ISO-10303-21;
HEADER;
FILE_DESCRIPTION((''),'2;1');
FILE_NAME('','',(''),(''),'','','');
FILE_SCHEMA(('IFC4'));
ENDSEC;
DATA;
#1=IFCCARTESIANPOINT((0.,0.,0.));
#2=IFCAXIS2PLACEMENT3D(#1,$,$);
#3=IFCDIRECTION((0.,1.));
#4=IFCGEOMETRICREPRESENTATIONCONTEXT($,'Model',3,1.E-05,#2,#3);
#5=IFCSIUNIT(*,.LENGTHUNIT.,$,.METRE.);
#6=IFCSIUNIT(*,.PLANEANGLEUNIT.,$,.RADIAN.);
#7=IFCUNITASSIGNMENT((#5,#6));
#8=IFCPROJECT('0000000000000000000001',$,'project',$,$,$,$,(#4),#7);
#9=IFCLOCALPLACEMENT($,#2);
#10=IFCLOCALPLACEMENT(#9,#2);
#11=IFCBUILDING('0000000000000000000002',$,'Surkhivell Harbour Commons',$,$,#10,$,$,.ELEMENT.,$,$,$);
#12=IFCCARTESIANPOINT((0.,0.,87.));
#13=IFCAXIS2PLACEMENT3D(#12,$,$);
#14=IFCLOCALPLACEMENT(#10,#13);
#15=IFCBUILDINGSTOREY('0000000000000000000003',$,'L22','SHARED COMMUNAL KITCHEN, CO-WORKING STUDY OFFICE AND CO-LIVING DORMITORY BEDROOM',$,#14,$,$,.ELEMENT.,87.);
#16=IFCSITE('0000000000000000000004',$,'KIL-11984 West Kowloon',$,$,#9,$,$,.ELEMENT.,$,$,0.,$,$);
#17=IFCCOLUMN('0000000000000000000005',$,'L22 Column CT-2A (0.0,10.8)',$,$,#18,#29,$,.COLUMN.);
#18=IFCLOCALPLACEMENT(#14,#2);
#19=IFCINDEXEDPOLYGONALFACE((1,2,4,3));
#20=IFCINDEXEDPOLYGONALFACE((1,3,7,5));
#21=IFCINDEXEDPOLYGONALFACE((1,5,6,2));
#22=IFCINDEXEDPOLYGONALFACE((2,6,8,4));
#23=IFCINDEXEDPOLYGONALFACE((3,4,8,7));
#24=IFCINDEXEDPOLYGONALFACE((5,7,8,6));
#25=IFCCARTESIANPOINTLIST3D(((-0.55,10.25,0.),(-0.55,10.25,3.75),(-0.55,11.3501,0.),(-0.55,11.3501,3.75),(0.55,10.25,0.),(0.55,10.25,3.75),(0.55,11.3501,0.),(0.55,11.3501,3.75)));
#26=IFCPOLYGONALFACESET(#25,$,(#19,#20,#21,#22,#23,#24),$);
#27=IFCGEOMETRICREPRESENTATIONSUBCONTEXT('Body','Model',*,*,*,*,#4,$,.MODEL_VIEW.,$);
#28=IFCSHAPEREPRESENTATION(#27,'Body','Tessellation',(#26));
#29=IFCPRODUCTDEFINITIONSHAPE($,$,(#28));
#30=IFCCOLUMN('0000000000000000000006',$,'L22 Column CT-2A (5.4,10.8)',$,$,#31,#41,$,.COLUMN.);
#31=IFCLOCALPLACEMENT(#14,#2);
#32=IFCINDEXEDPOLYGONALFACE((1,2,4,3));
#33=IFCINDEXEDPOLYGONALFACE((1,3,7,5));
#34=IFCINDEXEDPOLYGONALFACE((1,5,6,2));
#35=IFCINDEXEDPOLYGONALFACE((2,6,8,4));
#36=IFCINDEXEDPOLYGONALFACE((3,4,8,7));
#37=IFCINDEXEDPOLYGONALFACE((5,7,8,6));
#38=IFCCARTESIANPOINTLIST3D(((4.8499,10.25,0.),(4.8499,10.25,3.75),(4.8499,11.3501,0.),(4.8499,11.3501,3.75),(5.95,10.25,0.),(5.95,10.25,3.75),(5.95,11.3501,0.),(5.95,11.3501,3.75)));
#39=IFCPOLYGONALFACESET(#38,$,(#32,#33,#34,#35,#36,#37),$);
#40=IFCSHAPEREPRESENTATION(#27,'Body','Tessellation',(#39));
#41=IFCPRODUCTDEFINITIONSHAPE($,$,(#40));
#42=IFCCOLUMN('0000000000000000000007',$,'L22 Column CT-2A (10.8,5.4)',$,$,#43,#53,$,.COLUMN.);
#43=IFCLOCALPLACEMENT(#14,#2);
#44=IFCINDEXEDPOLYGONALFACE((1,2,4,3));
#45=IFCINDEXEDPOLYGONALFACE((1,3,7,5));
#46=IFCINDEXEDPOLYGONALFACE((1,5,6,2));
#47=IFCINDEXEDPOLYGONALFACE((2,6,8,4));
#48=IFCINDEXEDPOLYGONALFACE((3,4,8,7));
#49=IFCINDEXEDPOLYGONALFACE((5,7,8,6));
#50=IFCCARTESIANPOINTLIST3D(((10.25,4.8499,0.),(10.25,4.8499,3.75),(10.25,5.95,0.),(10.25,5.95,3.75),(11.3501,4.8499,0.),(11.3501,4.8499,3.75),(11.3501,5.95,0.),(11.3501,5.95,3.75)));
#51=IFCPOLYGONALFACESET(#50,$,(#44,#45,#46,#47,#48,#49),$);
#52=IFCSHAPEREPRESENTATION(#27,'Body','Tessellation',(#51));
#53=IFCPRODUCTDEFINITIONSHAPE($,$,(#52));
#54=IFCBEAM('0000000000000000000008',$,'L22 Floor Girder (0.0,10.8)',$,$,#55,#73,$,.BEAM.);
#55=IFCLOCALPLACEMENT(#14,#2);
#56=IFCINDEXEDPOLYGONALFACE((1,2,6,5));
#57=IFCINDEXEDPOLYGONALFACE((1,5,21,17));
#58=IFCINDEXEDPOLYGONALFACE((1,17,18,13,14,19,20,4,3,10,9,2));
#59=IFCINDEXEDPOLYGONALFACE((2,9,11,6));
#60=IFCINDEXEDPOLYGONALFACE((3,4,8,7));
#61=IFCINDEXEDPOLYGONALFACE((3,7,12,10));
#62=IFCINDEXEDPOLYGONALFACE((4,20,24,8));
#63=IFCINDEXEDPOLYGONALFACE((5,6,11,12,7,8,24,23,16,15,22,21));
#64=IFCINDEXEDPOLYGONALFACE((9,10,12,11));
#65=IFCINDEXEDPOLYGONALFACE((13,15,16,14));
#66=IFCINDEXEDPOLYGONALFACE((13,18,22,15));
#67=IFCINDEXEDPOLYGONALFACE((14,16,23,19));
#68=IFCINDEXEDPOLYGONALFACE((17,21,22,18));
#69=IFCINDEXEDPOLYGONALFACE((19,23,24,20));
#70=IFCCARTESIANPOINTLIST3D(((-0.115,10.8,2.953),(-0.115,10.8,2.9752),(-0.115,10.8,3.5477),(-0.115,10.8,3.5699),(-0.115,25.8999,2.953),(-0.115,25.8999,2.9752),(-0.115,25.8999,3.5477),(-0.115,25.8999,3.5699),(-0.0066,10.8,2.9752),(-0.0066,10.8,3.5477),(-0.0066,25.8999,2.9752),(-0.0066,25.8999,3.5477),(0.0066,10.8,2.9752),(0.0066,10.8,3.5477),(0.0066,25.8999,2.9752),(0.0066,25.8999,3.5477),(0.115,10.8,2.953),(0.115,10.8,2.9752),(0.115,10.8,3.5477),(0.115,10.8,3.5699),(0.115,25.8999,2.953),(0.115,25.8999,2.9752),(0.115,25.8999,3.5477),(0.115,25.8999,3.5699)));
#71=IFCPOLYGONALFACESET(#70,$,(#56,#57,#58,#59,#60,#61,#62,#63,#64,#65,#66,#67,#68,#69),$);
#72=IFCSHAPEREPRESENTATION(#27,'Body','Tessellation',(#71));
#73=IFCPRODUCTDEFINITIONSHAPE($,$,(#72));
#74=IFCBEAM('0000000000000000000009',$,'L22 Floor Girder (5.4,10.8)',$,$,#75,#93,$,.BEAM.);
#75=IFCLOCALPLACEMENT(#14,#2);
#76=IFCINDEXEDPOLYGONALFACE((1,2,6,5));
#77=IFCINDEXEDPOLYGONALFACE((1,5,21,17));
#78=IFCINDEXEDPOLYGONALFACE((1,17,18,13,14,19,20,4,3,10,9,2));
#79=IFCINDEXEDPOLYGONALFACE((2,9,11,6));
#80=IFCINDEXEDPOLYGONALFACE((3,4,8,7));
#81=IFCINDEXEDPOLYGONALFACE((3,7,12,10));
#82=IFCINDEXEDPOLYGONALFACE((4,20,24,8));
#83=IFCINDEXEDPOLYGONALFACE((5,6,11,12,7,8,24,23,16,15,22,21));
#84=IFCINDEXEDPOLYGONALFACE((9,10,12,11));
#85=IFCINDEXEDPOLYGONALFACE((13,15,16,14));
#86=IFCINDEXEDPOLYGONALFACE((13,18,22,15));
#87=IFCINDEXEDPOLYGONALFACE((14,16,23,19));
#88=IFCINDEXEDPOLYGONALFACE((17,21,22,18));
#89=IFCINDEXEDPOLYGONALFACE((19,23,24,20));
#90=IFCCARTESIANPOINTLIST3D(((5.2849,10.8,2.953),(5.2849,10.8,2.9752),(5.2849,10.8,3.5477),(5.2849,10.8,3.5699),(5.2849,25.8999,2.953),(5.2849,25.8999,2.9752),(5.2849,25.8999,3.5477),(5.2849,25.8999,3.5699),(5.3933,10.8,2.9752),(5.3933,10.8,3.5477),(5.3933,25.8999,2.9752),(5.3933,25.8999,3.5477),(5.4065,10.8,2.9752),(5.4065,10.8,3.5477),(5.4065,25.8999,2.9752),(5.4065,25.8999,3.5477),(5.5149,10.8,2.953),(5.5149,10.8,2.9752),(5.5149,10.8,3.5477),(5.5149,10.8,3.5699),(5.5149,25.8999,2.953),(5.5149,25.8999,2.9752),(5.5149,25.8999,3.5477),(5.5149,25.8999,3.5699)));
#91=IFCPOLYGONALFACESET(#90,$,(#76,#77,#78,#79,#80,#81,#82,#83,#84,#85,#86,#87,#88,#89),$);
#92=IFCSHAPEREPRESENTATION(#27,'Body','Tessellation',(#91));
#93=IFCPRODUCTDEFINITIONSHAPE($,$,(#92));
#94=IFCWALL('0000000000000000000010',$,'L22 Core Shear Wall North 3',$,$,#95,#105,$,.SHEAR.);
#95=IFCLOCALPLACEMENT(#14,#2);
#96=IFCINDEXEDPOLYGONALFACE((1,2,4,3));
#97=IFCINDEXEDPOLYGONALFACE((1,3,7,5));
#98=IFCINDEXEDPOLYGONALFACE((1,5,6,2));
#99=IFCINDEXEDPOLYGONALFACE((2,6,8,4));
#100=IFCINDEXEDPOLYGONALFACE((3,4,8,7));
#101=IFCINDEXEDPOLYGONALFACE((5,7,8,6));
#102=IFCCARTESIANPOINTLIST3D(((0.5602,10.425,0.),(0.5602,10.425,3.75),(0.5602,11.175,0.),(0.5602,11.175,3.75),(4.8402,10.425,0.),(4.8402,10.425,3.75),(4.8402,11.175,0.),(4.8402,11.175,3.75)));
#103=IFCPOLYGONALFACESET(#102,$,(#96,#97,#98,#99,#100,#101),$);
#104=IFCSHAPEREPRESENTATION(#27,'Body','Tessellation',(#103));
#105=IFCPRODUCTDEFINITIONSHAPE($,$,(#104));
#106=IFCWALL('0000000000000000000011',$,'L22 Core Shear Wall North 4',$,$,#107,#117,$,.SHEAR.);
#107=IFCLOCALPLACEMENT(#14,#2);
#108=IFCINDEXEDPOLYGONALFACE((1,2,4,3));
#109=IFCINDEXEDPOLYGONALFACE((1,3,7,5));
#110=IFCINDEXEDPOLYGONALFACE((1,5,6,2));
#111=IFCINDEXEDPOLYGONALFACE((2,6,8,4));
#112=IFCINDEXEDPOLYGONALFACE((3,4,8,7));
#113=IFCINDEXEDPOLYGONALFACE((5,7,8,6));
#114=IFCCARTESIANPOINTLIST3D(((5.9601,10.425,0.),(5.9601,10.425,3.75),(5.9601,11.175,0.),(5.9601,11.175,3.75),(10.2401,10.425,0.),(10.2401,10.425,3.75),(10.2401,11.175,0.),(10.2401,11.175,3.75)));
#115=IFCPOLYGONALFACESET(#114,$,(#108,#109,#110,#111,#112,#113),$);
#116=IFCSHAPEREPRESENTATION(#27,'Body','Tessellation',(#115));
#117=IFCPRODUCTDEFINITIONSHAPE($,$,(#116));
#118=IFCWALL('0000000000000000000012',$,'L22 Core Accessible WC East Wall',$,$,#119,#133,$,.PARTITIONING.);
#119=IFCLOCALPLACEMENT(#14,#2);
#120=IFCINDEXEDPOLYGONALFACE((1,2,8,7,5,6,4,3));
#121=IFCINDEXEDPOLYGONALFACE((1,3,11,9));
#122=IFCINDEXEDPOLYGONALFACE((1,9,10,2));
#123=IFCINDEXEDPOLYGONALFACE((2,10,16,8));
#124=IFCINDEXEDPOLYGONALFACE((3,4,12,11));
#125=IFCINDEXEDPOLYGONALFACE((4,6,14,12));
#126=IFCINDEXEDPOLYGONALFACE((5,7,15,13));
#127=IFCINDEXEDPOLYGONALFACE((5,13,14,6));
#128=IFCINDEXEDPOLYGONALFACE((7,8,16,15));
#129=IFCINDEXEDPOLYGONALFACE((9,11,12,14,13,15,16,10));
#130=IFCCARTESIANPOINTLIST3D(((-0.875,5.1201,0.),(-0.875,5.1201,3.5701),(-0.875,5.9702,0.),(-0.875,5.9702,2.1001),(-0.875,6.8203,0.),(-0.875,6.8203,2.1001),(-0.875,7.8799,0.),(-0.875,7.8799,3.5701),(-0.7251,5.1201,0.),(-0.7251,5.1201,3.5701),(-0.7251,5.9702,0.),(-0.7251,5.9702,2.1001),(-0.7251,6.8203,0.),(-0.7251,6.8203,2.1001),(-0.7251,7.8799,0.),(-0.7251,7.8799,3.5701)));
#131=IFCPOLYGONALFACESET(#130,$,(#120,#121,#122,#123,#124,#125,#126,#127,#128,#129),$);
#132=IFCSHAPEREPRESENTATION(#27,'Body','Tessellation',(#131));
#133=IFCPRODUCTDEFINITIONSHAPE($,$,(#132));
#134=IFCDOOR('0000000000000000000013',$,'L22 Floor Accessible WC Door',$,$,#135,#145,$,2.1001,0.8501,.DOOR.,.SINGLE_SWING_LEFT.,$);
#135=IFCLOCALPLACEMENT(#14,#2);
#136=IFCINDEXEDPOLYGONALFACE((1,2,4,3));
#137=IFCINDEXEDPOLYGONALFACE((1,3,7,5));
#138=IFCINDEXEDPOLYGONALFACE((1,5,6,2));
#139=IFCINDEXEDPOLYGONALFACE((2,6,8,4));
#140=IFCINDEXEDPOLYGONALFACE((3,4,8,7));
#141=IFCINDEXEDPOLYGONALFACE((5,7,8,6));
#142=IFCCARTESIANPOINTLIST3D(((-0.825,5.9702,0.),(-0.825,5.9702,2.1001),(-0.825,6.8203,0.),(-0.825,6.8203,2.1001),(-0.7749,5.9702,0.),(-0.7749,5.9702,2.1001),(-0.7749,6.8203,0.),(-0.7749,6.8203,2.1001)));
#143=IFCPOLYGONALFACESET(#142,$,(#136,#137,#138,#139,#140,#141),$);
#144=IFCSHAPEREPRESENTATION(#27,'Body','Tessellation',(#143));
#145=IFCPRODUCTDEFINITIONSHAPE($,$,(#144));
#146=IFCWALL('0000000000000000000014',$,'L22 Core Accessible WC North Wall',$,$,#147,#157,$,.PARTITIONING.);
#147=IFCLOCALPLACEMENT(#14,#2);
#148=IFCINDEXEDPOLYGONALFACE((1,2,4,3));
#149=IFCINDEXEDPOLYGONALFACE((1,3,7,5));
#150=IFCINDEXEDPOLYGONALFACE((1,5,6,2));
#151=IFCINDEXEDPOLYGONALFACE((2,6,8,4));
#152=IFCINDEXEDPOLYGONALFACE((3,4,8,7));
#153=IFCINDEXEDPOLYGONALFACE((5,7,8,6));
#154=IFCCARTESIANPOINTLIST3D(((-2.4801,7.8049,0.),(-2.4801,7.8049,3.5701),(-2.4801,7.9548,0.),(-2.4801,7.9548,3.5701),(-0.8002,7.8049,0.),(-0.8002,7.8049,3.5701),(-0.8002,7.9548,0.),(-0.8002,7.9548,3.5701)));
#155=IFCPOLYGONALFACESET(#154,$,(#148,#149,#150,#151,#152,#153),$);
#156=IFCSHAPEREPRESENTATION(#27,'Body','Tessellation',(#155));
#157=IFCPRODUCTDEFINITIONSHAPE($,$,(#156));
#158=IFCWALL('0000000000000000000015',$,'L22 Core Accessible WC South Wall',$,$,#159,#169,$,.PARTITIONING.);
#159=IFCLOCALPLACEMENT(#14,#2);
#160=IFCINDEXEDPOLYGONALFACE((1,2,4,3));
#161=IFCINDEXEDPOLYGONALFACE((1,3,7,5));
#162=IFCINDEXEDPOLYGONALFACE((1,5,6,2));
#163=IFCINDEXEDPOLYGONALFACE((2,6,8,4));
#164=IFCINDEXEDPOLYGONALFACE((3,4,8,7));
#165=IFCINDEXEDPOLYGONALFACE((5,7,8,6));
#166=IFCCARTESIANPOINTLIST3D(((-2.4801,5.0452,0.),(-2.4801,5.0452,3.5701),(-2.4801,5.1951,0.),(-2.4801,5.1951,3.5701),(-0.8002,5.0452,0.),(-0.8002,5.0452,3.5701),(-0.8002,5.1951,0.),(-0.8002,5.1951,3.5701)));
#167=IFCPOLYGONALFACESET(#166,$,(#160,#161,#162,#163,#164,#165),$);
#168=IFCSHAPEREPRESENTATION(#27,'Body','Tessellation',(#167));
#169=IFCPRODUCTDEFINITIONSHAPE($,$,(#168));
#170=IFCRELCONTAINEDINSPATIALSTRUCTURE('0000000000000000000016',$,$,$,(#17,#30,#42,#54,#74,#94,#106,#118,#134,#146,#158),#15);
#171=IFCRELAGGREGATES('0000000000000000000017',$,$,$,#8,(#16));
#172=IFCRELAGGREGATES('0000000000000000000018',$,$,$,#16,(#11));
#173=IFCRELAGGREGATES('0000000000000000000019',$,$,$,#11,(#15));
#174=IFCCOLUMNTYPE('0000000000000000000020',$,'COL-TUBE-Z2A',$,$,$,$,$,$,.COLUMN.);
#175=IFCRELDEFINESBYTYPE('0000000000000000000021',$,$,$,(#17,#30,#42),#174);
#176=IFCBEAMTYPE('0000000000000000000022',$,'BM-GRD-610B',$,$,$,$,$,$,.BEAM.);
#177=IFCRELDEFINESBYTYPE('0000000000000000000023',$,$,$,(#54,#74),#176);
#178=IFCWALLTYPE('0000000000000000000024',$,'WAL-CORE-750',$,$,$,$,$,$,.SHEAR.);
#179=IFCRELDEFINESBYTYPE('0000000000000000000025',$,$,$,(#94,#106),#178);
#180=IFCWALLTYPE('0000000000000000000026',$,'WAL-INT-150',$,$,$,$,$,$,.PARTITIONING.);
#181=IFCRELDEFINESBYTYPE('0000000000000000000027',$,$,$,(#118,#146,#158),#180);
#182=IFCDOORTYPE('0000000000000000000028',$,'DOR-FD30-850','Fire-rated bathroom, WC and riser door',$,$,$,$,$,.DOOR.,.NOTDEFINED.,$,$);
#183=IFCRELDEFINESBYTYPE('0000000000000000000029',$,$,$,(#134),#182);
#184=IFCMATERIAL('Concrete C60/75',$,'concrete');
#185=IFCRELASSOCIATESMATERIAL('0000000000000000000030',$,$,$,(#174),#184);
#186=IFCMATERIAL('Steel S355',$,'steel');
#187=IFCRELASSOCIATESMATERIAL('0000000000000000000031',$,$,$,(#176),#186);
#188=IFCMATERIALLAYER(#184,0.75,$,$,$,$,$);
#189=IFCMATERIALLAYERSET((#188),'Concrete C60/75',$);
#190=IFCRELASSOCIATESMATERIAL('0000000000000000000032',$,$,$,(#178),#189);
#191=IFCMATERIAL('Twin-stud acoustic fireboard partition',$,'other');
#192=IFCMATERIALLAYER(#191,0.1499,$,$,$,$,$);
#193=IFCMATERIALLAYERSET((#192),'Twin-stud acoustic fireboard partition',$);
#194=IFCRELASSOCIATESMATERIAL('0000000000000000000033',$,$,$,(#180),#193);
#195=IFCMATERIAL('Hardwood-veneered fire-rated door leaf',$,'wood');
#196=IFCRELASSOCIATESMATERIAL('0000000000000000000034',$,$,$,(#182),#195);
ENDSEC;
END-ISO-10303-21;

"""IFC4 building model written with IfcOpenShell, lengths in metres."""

from ifc_helpers import new_model, si_unit, direction, frame, frame_2d, origin, origin_2d, place, context, subcontext, project, spatial, rectangle, i_section, extrude, material, layer, layer_set, material_profile, profile_set, type_object, element, fill, save


model = new_model("IFC4")

# Units and contexts
model_context = context("Model", 3, precision=1e-05, world=origin(), true_north=direction((0.0, 1.0)))
body_context = subcontext(model_context, "Body", "Model", "MODEL_VIEW")
ifc_project = project(units=[si_unit("LENGTHUNIT", "METRE"), si_unit("PLANEANGLEUNIT", "RADIAN")], contexts=[model_context])

# Site, building, storey
site_placement = place(None, origin())
site = spatial("IfcSite", under=ifc_project, at=site_placement, Name="KIL-11984 West Kowloon", CompositionType="ELEMENT", RefElevation=0.0)
building_placement = place(site_placement, origin())
building = spatial("IfcBuilding", under=site, at=building_placement, Name="Surkhivell Harbour Commons", CompositionType="ELEMENT")
storey_placement = place(building_placement, frame((0.0, 0.0, 87.0)))
storey = spatial("IfcBuildingStorey", under=building, at=storey_placement, Name="L22", Description="SHARED COMMUNAL KITCHEN, CO-WORKING STUDY OFFICE AND CO-LIVING DORMITORY BEDROOM", CompositionType="ELEMENT", Elevation=87.0)

# Columns
ifc_material_1 = material(Name="Concrete C60/75", Category="concrete")
ifc_material_profile_1 = material_profile(ifc_material_1, rectangle(XDim=1.1001, YDim=1.1001, at=origin_2d()), Name="RC-COL-1100x1100")
ifc_profile_set_1 = profile_set([ifc_material_profile_1], Name="Concrete C60/75")
column_type = type_object("IfcColumnType", Name="COL-TUBE-Z2A", PredefinedType="COLUMN", material=ifc_profile_set_1)
for number, where, z_axis, x_axis, name in (
    (1, (0.0, 10.8, 0.0), (0.0, 0.0, 1.0), (1.0, 0.0, 0.0), "L22 Column CT-2A (0.0,10.8)"),
    (2, (5.3999, 10.8, 0.0), (0.0, 0.0, 1.0), (1.0, 0.0, 0.0), "L22 Column CT-2A (5.4,10.8)"),
    (3, (10.8, 5.3999, 0.0), (0.0, 0.0, 1.0), (1.0, 0.0, 0.0), "L22 Column CT-2A (10.8,5.4)"),
):
    element("IfcColumn", number, at=place(storey_placement, frame(where, z_axis=z_axis, x_axis=x_axis)), inside=storey, type_object=column_type, Name=name, PredefinedType="COLUMN", context=body_context, shape_type="SweptSolid", body=[
        extrude(rectangle(XDim=1.1001, YDim=1.1001, at=origin_2d()), origin(), (0.0, 0.0, 1.0), 3.75),
    ])

# Beams
ifc_material_2 = material(Name="Steel S355", Category="steel")
ifc_material_profile_2 = material_profile(ifc_material_2, i_section(OverallWidth=0.23, OverallDepth=0.6169, WebThickness=0.0132, FlangeThickness=0.0222, at=origin_2d()), Name="UB610x229x140")
ifc_profile_set_2 = profile_set([ifc_material_profile_2], Name="Steel S355")
beam_type = type_object("IfcBeamType", Name="BM-GRD-610B", PredefinedType="BEAM", material=ifc_profile_set_2)
for number, where, z_axis, x_axis, name in (
    (4, (0.0, 10.8, 3.2615), (0.0, 1.0, 0.0), (-1.0, 0.0, 0.0), "L22 Floor Girder (0.0,10.8)"),
    (5, (5.3999, 10.8, 3.2615), (0.0, 1.0, 0.0), (-1.0, 0.0, 0.0), "L22 Floor Girder (5.4,10.8)"),
):
    element("IfcBeam", number, at=place(storey_placement, frame(where, z_axis=z_axis, x_axis=x_axis)), inside=storey, type_object=beam_type, Name=name, PredefinedType="BEAM", context=body_context, shape_type="SweptSolid", body=[
        extrude(i_section(OverallWidth=0.23, OverallDepth=0.6169, WebThickness=0.0132, FlangeThickness=0.0222, at=origin_2d()), origin(), (0.0, 0.0, 1.0), 15.0999),
    ])

# Walls
ifc_layer_1 = layer(ifc_material_1, 0.75)
ifc_layer_set_1 = layer_set([ifc_layer_1], Name="Concrete C60/75")
wall_type_1 = type_object("IfcWallType", Name="WAL-CORE-750", PredefinedType="SHEAR", material=ifc_layer_set_1)
for number, where, z_axis, x_axis, name in (
    (6, (0.5601, 10.8, 0.0), (0.0, 0.0, 1.0), (1.0, 0.0, 0.0), "L22 Core Shear Wall North 3"),
    (7, (5.96, 10.8, 0.0), (0.0, 0.0, 1.0), (1.0, 0.0, 0.0), "L22 Core Shear Wall North 4"),
):
    element("IfcWall", number, at=place(storey_placement, frame(where, z_axis=z_axis, x_axis=x_axis)), inside=storey, type_object=wall_type_1, Name=name, PredefinedType="SHEAR", context=body_context, shape_type="SweptSolid", body=[
        extrude(rectangle(XDim=4.28, YDim=0.75, at=frame_2d((2.1401, 0.0))), origin(), (0.0, 0.0, 1.0), 3.75),
    ])

# Wall, opening, door
ifc_material_3 = material(Name="Twin-stud acoustic fireboard partition", Category="other")
ifc_layer_2 = layer(ifc_material_3, 0.1499)
ifc_layer_set_2 = layer_set([ifc_layer_2], Name="Twin-stud acoustic fireboard partition")
wall_type_2 = type_object("IfcWallType", Name="WAL-INT-150", PredefinedType="PARTITIONING", material=ifc_layer_set_2)
wall_1_placement = place(storey_placement, frame((-0.8, 5.1201, 0.0), z_axis=(0.0, 0.0, 1.0), x_axis=(0.0, 1.0, 0.0)))
wall_1 = element("IfcWall", 8, at=wall_1_placement, inside=storey, type_object=wall_type_2, Name="L22 Core Accessible WC East Wall", PredefinedType="PARTITIONING", context=body_context, shape_type="SweptSolid", body=[
    extrude(rectangle(XDim=2.7598, YDim=0.1499, at=frame_2d((1.3799, 0.0))), origin(), (0.0, 0.0, 1.0), 3.5701),
])
opening_1_placement = place(wall_1_placement, frame((0.8501, 0.0, 0.0)))
opening_1 = element("IfcOpeningElement", 9, at=opening_1_placement, cuts=wall_1, PredefinedType="OPENING", context=body_context, shape_type="SweptSolid", body=[
    extrude(rectangle(XDim=0.8501, YDim=2.1001, at=frame_2d((0.425, 1.05))), frame((0.0, 0.085, 0.0), z_axis=(0.0, -1.0, 0.0), x_axis=(1.0, 0.0, 0.0)), (0.0, 0.0, 1.0), 0.1699),
])
ifc_material_4 = material(Name="Hardwood-veneered fire-rated door leaf", Category="wood")
door_type_1 = type_object("IfcDoorType", Name="DOR-FD30-850", Description="Fire-rated bathroom, WC and riser door", OperationType="NOTDEFINED", PredefinedType="DOOR", material=ifc_material_4)
door_1_placement = place(opening_1_placement, origin())
door_1 = element("IfcDoor", 10, at=door_1_placement, inside=storey, type_object=door_type_1, Name="L22 Floor Accessible WC Door", OperationType="SINGLE_SWING_LEFT", OverallHeight=2.1001, OverallWidth=0.8501, PredefinedType="DOOR", context=body_context, shape_type="SweptSolid", body=[
    extrude(rectangle(XDim=0.8501, YDim=2.1001, at=frame_2d((0.425, 1.05))), frame((0.0, 0.0249, 0.0), z_axis=(0.0, -1.0, 0.0), x_axis=(1.0, 0.0, 0.0)), (0.0, 0.0, 1.0), 0.05),
])
fill(opening_1, door_1)

# Walls
for number, where, z_axis, x_axis, name in (
    (11, (-2.48, 7.8799, 0.0), (0.0, 0.0, 1.0), (1.0, 0.0, 0.0), "L22 Core Accessible WC North Wall"),
    (12, (-2.48, 5.1201, 0.0), (0.0, 0.0, 1.0), (1.0, 0.0, 0.0), "L22 Core Accessible WC South Wall"),
):
    element("IfcWall", number, at=place(storey_placement, frame(where, z_axis=z_axis, x_axis=x_axis)), inside=storey, type_object=wall_type_2, Name=name, PredefinedType="PARTITIONING", context=body_context, shape_type="SweptSolid", body=[
        extrude(rectangle(XDim=1.6799, YDim=0.1499, at=frame_2d((0.8398, 0.0))), origin(), (0.0, 0.0, 1.0), 3.5701),
    ])

save(model, "model.ifc")
